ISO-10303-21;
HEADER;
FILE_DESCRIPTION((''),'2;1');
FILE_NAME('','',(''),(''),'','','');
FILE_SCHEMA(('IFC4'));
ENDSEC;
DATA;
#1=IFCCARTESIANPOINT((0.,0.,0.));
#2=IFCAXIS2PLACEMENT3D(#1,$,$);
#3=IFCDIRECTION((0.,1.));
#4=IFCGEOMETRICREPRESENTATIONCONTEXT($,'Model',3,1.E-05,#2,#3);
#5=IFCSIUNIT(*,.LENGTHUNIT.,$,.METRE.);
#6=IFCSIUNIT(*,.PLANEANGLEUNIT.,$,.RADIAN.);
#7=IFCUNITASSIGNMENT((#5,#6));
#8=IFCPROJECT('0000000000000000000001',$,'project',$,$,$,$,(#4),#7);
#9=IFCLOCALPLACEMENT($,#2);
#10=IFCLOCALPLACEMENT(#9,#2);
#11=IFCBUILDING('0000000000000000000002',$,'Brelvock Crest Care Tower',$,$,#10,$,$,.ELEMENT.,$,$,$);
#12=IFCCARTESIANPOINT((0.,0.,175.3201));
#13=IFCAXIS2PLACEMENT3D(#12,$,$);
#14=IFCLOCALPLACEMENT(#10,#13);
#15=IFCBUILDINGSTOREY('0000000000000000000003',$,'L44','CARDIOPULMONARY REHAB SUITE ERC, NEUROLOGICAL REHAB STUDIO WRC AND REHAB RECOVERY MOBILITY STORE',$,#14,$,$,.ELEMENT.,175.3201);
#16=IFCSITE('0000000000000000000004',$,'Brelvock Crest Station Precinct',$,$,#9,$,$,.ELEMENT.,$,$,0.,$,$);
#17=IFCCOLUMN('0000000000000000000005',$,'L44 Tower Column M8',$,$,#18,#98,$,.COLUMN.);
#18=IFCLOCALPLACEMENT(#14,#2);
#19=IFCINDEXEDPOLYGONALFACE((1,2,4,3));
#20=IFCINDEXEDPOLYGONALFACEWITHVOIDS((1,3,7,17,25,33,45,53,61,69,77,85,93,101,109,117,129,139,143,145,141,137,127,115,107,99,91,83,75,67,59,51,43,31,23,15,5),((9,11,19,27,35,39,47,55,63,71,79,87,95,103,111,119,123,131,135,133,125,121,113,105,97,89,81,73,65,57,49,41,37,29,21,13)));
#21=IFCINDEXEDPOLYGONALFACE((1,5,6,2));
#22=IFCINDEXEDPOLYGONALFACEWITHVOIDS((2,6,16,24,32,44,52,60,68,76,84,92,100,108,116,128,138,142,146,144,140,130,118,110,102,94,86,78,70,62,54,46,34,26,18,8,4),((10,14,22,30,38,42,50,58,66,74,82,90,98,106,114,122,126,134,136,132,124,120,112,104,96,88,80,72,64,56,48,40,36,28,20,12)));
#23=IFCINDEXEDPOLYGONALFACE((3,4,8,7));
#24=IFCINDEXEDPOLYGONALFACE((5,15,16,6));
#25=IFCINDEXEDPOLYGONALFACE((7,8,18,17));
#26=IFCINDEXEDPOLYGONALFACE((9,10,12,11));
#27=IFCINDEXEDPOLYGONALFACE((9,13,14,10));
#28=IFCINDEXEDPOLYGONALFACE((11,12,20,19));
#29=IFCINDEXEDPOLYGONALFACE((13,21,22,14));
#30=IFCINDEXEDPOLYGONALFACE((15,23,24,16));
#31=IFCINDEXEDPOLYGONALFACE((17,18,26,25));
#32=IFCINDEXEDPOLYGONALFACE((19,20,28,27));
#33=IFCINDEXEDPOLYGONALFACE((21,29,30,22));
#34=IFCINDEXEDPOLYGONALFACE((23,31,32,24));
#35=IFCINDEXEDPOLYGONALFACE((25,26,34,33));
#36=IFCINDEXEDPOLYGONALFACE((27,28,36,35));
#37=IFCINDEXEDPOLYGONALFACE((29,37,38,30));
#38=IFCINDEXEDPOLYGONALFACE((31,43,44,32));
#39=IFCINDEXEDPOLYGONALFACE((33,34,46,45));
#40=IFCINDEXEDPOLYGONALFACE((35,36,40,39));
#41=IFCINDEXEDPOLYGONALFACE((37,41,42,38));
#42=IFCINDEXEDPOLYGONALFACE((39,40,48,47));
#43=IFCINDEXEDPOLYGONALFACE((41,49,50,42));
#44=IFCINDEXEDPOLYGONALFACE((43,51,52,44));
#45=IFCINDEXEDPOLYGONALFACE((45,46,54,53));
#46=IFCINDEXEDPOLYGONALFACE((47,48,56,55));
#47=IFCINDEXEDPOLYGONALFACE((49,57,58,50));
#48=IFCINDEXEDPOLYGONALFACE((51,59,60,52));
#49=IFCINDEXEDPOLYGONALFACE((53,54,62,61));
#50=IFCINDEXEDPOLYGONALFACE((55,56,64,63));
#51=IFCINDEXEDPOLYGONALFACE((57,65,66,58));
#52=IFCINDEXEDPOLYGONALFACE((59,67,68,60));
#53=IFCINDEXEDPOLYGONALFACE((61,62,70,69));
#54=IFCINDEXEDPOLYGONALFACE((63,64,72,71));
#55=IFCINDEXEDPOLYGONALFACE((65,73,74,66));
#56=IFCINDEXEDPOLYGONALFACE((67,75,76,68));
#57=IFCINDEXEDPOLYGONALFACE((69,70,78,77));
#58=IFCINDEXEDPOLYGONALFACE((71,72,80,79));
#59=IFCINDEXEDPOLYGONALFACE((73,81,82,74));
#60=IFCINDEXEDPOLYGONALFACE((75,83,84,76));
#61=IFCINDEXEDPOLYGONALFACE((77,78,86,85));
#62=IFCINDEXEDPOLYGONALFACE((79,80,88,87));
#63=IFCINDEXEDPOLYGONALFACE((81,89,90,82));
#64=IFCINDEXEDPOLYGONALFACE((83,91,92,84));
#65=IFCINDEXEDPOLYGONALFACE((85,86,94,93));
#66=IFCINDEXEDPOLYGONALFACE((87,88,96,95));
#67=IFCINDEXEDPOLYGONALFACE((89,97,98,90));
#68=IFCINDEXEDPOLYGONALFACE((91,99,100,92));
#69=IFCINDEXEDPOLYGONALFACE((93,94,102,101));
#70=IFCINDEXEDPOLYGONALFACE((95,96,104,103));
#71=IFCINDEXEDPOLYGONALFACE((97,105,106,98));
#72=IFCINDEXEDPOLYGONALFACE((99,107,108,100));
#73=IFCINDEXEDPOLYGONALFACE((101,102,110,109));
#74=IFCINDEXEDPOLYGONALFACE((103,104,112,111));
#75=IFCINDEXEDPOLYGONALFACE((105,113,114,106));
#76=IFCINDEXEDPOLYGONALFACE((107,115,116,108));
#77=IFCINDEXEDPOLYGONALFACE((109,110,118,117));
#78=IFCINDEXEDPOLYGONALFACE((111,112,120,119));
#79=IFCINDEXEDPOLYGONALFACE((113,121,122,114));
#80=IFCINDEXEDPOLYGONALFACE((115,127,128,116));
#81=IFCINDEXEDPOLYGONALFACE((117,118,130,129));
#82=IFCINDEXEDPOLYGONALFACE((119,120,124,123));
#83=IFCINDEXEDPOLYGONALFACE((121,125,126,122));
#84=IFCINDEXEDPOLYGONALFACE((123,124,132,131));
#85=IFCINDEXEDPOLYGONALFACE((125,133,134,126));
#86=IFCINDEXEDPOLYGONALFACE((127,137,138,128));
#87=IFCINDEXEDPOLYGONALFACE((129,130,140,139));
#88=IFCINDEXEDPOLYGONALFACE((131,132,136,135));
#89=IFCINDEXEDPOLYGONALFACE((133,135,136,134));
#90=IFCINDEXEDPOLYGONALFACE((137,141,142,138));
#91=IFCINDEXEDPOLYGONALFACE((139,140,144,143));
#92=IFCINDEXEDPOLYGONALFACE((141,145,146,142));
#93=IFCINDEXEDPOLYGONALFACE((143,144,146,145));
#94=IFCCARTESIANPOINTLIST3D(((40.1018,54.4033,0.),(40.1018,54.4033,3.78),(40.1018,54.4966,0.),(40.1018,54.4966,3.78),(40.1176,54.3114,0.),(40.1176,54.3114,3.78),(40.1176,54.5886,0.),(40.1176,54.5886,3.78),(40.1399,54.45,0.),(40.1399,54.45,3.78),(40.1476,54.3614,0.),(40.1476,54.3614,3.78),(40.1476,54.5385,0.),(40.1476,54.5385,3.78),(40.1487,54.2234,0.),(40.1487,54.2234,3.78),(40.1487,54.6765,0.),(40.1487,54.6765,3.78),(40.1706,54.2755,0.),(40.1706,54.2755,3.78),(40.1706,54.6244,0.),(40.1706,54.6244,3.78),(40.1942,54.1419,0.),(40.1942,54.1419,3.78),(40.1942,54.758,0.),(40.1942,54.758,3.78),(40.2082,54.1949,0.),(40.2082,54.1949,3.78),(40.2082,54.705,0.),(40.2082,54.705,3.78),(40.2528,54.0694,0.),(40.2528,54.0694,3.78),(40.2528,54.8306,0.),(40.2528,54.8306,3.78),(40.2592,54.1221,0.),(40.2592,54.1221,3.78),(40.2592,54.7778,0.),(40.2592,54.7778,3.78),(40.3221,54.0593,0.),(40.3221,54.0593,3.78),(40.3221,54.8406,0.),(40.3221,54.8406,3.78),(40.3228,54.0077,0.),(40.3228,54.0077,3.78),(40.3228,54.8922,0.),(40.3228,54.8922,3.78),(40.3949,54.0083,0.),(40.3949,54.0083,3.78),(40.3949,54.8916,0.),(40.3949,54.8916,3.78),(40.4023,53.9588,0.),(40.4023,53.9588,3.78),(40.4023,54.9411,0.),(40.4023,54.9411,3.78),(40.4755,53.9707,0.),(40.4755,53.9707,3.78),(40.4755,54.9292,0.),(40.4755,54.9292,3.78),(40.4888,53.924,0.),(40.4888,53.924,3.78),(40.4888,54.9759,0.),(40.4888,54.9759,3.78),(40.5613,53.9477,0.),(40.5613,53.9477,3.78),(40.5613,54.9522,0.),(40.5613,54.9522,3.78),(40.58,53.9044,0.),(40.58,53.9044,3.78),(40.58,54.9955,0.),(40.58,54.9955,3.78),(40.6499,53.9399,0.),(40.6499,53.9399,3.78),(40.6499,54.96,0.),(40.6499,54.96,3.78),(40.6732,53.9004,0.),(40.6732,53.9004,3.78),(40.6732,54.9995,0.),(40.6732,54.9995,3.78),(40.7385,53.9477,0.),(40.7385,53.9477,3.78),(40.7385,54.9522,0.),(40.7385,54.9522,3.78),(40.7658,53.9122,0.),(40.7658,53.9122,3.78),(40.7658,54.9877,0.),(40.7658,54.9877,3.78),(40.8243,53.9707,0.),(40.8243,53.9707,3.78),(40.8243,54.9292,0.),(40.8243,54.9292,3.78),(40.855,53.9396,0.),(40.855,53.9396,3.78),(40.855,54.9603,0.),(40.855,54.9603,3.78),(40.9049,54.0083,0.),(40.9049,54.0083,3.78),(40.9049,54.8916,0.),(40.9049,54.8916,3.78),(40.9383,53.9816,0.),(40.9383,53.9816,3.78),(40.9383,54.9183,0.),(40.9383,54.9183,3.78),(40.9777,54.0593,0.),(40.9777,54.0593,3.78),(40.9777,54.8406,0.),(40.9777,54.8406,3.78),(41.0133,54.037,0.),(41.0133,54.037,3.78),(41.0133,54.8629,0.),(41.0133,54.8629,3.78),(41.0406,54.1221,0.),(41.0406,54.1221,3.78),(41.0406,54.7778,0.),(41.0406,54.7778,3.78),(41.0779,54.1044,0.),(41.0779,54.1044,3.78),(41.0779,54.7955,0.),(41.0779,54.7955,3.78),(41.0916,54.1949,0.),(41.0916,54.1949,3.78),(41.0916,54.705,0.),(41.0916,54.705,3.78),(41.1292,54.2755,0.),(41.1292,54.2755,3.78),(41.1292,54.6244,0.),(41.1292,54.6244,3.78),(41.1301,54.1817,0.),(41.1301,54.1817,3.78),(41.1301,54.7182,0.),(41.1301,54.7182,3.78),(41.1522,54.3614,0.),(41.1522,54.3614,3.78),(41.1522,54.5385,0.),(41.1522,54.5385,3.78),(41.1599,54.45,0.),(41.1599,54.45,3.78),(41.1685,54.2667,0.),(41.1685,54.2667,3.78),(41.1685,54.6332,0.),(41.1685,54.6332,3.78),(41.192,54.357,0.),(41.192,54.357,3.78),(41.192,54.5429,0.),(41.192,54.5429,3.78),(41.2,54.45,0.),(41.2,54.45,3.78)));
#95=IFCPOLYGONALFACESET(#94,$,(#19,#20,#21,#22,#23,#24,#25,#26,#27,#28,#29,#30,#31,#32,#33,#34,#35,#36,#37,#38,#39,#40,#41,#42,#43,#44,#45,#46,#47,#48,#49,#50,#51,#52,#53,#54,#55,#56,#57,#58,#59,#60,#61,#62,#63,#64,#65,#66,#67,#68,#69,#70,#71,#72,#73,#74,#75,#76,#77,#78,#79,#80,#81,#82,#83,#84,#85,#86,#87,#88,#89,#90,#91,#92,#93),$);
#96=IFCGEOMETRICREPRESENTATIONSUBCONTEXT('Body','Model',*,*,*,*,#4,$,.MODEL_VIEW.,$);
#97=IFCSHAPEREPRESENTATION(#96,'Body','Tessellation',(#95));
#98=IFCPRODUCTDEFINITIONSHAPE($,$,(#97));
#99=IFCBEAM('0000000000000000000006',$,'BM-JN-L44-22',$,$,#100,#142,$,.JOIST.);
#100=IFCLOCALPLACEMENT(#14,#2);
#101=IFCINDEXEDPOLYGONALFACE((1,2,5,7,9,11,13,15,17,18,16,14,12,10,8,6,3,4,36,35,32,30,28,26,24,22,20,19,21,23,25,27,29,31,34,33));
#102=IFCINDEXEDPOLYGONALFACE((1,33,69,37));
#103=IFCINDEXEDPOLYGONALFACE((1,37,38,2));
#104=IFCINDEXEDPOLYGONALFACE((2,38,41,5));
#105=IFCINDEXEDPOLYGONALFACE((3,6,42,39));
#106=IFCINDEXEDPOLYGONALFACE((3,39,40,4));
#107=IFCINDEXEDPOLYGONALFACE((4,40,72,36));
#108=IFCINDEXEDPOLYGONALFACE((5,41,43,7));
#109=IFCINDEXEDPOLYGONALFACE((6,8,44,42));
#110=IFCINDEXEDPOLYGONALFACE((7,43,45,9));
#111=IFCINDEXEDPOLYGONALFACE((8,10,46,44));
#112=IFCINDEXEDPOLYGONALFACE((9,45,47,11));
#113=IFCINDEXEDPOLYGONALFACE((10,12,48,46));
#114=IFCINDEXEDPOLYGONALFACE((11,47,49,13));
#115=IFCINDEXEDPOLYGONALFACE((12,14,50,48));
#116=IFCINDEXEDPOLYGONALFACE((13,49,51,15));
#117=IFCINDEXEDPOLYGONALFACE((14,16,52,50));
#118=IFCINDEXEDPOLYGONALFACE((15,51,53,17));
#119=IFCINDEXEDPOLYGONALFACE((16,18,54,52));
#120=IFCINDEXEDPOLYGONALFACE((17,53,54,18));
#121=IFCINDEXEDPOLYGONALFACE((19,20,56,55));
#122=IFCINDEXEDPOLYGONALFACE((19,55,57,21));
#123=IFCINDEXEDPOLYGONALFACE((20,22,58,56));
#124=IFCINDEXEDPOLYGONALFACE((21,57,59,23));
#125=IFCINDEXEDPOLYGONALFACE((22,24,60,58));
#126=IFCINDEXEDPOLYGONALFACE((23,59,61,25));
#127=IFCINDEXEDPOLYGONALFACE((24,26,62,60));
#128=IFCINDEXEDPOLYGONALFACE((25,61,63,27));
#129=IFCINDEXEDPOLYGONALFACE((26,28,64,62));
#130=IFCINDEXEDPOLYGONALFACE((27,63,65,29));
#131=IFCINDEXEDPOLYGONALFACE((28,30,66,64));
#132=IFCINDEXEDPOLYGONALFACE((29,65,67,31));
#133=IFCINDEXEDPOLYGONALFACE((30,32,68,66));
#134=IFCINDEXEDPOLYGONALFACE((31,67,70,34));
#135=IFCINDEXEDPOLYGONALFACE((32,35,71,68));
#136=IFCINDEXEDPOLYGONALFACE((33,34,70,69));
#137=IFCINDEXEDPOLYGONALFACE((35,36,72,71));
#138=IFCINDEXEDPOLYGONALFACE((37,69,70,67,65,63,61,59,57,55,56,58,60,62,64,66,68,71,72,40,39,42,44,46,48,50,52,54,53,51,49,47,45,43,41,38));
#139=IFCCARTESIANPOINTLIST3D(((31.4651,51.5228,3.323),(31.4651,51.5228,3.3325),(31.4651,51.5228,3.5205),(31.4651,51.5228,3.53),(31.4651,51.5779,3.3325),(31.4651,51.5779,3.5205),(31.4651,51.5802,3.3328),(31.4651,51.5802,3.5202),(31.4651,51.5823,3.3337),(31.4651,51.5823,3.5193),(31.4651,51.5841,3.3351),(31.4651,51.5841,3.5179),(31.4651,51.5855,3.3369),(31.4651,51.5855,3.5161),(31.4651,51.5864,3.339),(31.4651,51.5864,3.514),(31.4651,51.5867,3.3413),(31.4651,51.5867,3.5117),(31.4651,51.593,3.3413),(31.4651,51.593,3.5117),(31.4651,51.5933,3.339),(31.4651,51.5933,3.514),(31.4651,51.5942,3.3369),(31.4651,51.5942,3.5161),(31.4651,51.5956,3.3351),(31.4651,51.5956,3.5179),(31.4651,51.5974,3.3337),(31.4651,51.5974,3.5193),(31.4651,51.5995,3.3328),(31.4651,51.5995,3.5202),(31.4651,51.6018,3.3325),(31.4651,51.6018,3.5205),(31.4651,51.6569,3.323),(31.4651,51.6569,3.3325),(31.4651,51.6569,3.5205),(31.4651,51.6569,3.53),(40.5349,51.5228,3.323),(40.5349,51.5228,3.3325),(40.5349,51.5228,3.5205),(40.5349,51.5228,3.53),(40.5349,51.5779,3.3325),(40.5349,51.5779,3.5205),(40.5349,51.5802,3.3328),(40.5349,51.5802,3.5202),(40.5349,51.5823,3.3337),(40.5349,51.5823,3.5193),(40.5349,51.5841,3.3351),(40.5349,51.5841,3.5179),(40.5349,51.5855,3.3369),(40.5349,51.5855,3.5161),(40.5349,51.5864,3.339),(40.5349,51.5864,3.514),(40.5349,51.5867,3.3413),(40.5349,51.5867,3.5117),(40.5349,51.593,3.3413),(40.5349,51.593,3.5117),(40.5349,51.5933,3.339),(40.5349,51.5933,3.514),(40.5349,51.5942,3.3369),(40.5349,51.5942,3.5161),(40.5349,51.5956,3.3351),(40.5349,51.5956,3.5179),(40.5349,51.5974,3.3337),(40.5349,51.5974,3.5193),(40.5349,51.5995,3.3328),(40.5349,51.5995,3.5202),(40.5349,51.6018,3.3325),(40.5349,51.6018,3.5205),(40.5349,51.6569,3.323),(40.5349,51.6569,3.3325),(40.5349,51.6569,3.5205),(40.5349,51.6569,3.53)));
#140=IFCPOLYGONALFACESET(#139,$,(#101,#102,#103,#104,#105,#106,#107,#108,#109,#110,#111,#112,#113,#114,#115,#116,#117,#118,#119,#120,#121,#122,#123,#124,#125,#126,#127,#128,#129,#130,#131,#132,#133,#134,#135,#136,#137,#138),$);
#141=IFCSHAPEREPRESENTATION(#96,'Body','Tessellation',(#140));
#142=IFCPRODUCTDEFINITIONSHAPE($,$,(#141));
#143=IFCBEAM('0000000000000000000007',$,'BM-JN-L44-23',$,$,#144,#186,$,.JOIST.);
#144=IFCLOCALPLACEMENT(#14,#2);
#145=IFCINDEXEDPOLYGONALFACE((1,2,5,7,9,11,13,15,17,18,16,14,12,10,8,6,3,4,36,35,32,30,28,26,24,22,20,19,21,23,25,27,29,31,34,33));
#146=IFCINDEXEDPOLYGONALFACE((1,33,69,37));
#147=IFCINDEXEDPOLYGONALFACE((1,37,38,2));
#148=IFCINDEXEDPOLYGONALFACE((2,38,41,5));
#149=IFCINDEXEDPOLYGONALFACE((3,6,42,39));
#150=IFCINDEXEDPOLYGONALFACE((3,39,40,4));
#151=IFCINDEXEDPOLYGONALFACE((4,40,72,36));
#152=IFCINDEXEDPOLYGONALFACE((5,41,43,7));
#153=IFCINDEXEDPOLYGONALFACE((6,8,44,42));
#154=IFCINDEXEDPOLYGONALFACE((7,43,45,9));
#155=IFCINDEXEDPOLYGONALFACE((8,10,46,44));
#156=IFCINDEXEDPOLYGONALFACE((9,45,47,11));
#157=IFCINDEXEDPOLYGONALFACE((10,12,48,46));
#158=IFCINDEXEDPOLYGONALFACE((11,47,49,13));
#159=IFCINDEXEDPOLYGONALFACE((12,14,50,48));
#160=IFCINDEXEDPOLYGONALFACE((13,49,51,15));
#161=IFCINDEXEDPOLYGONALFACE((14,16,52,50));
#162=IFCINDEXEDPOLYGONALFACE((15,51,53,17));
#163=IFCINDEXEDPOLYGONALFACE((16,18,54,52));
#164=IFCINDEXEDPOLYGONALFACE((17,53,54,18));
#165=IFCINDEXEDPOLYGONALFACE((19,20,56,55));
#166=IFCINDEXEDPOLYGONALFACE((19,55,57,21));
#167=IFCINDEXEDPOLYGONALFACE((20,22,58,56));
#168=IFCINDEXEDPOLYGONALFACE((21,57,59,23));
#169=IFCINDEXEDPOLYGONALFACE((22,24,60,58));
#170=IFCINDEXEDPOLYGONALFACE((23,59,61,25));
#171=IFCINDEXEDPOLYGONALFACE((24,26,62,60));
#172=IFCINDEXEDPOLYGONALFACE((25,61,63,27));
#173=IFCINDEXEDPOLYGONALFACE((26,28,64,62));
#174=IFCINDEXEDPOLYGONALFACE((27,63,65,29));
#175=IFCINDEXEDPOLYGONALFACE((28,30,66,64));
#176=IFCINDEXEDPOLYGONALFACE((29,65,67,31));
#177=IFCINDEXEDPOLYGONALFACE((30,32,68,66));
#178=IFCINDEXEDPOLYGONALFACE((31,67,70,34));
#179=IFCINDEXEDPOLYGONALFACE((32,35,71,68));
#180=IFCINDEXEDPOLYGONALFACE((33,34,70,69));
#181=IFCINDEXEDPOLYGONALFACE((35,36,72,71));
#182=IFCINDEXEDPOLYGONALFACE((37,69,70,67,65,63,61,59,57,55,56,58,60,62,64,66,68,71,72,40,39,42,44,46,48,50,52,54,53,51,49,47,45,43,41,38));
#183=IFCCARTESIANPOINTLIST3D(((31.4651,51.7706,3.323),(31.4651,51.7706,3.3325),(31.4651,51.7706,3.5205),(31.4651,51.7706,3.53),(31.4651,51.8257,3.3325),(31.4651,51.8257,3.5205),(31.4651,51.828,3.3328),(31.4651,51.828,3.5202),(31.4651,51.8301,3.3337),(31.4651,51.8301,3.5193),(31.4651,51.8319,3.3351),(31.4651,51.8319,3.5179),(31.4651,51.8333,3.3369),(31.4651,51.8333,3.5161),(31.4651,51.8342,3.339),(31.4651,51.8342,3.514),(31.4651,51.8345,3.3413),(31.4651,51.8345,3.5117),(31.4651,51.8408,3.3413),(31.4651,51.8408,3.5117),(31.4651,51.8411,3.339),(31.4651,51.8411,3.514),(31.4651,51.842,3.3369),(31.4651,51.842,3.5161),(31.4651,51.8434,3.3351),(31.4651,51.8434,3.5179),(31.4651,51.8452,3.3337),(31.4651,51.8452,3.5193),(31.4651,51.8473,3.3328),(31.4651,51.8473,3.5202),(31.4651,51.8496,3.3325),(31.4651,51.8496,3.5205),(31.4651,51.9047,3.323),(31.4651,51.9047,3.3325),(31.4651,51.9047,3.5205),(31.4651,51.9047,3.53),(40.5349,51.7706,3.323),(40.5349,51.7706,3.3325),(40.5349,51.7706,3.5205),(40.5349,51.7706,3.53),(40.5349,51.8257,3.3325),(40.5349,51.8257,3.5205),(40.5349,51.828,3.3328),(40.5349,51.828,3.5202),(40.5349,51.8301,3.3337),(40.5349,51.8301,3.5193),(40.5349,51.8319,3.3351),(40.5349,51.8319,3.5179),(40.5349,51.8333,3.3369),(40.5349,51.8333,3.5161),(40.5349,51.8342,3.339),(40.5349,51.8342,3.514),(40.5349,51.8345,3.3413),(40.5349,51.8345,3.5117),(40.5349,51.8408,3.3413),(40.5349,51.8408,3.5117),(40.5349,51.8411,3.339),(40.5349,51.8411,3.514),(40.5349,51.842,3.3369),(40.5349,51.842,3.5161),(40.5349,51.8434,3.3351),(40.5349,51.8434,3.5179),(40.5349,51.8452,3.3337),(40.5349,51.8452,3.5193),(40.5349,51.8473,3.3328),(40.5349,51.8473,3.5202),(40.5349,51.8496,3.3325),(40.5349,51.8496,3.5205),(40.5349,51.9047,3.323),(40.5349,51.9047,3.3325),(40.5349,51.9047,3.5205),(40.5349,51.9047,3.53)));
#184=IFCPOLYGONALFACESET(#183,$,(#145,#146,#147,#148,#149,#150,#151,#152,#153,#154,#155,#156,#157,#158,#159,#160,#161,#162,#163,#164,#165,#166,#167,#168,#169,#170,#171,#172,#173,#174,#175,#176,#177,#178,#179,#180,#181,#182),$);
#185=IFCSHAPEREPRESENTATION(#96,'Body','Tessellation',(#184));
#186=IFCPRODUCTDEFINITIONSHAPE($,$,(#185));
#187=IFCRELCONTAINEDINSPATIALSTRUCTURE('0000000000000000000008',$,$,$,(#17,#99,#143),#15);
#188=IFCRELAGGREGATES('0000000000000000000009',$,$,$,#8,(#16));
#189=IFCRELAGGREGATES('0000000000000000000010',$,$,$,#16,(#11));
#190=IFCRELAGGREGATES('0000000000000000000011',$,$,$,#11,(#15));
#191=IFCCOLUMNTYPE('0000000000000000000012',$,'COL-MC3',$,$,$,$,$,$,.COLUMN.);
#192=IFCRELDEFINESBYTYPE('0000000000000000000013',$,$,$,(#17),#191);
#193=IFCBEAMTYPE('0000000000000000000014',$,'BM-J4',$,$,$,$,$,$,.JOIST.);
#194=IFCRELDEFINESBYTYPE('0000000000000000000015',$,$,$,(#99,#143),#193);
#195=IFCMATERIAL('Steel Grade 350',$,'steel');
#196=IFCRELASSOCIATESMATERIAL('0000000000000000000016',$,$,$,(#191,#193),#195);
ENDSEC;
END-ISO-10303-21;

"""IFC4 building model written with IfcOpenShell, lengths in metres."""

from ifc_helpers import new_model, si_unit, direction, frame, origin, origin_2d, place, context, subcontext, project, spatial, hollow_circle, i_section, extrude, source, transform, mapped, material, material_profile, profile_set, type_object, element, save


model = new_model("IFC4")

# Units and contexts
model_context = context("Model", 3, precision=1e-05, world=origin(), true_north=direction((0.0, 1.0)))
body_context = subcontext(model_context, "Body", "Model", "MODEL_VIEW")
ifc_project = project(units=[si_unit("LENGTHUNIT", "METRE"), si_unit("PLANEANGLEUNIT", "RADIAN")], contexts=[model_context])

# Site, building, storey
site_placement = place(None, origin())
site = spatial("IfcSite", under=ifc_project, at=site_placement, Name="Brelvock Crest Station Precinct", CompositionType="ELEMENT", RefElevation=0.0)
building_placement = place(site_placement, origin())
building = spatial("IfcBuilding", under=site, at=building_placement, Name="Brelvock Crest Care Tower", CompositionType="ELEMENT")
storey_placement = place(building_placement, frame((0.0, 0.0, 175.3201)))
storey = spatial("IfcBuildingStorey", under=building, at=storey_placement, Name="L44", Description="CARDIOPULMONARY REHAB SUITE ERC, NEUROLOGICAL REHAB STUDIO WRC AND REHAB RECOVERY MOBILITY STORE", CompositionType="ELEMENT", Elevation=175.3201)

# Column
ifc_material_1 = material(Name="Steel Grade 350", Category="steel")
ifc_material_profile_1 = material_profile(ifc_material_1, hollow_circle(Radius=0.55, WallThickness=0.04, at=origin_2d()), Name="CFT1100x40")
ifc_profile_set_1 = profile_set([ifc_material_profile_1], Name="Steel Grade 350")
column_type = type_object("IfcColumnType", Name="COL-MC3", PredefinedType="COLUMN", material=ifc_profile_set_1)
shared_shape_1 = source(origin(), body_context, "Body", "SweptSolid", [
    extrude(hollow_circle(Radius=0.55, WallThickness=0.04, at=origin_2d()), origin(), (0.0, 0.0, 1.0), 3.78),
])
column_placement = place(storey_placement, frame((40.6499, 54.45, 0.0), z_axis=(0.0, 0.0, 1.0), x_axis=(1.0, 0.0, 0.0)))
element("IfcColumn", 1, at=column_placement, inside=storey, type_object=column_type, Name="L44 Tower Column M8", PredefinedType="COLUMN", context=body_context, shape_type="MappedRepresentation", body=[
    mapped(shared_shape_1, transform((0.0, 0.0, 0.0), x_axis=(1.0, 0.0, 0.0), y_axis=(0.0, 1.0, 0.0), z_axis=(0.0, 0.0, 1.0), scale=1.0)),
])

# Beams
ifc_material_profile_2 = material_profile(ifc_material_1, i_section(OverallWidth=0.134, OverallDepth=0.207, WebThickness=0.0063, FlangeThickness=0.0095, FilletRadius=0.0088, at=origin_2d()), Name="200UB29.8")
ifc_profile_set_2 = profile_set([ifc_material_profile_2], Name="Steel Grade 350")
beam_type_1 = type_object("IfcBeamType", Name="BM-J4", PredefinedType="JOIST", material=ifc_profile_set_2)
shared_shape_2 = source(origin(), body_context, "Body", "SweptSolid", [
    extrude(i_section(OverallWidth=0.134, OverallDepth=0.207, WebThickness=0.0063, FlangeThickness=0.0095, FilletRadius=0.0088, at=origin_2d()), origin(), (0.0, 0.0, 1.0), 9.0698),
])
for number, where, z_axis, x_axis, name in (
    (2, (31.4651, 51.5898, 3.4265), (1.0, 0.0, 0.0), (0.0, 1.0, 0.0), "BM-JN-L44-22"),
    (3, (31.4651, 51.8376, 3.4265), (1.0, 0.0, 0.0), (0.0, 1.0, 0.0), "BM-JN-L44-23"),
):
    element("IfcBeam", number, at=place(storey_placement, frame(where, z_axis=z_axis, x_axis=x_axis)), inside=storey, type_object=beam_type_1, Name=name, PredefinedType="JOIST", context=body_context, shape_type="MappedRepresentation", body=[
        mapped(shared_shape_2, transform((0.0, 0.0, 0.0), x_axis=(1.0, 0.0, 0.0), y_axis=(0.0, 1.0, 0.0), z_axis=(0.0, 0.0, 1.0), scale=1.0)),
    ])

save(model, "model.ifc")
